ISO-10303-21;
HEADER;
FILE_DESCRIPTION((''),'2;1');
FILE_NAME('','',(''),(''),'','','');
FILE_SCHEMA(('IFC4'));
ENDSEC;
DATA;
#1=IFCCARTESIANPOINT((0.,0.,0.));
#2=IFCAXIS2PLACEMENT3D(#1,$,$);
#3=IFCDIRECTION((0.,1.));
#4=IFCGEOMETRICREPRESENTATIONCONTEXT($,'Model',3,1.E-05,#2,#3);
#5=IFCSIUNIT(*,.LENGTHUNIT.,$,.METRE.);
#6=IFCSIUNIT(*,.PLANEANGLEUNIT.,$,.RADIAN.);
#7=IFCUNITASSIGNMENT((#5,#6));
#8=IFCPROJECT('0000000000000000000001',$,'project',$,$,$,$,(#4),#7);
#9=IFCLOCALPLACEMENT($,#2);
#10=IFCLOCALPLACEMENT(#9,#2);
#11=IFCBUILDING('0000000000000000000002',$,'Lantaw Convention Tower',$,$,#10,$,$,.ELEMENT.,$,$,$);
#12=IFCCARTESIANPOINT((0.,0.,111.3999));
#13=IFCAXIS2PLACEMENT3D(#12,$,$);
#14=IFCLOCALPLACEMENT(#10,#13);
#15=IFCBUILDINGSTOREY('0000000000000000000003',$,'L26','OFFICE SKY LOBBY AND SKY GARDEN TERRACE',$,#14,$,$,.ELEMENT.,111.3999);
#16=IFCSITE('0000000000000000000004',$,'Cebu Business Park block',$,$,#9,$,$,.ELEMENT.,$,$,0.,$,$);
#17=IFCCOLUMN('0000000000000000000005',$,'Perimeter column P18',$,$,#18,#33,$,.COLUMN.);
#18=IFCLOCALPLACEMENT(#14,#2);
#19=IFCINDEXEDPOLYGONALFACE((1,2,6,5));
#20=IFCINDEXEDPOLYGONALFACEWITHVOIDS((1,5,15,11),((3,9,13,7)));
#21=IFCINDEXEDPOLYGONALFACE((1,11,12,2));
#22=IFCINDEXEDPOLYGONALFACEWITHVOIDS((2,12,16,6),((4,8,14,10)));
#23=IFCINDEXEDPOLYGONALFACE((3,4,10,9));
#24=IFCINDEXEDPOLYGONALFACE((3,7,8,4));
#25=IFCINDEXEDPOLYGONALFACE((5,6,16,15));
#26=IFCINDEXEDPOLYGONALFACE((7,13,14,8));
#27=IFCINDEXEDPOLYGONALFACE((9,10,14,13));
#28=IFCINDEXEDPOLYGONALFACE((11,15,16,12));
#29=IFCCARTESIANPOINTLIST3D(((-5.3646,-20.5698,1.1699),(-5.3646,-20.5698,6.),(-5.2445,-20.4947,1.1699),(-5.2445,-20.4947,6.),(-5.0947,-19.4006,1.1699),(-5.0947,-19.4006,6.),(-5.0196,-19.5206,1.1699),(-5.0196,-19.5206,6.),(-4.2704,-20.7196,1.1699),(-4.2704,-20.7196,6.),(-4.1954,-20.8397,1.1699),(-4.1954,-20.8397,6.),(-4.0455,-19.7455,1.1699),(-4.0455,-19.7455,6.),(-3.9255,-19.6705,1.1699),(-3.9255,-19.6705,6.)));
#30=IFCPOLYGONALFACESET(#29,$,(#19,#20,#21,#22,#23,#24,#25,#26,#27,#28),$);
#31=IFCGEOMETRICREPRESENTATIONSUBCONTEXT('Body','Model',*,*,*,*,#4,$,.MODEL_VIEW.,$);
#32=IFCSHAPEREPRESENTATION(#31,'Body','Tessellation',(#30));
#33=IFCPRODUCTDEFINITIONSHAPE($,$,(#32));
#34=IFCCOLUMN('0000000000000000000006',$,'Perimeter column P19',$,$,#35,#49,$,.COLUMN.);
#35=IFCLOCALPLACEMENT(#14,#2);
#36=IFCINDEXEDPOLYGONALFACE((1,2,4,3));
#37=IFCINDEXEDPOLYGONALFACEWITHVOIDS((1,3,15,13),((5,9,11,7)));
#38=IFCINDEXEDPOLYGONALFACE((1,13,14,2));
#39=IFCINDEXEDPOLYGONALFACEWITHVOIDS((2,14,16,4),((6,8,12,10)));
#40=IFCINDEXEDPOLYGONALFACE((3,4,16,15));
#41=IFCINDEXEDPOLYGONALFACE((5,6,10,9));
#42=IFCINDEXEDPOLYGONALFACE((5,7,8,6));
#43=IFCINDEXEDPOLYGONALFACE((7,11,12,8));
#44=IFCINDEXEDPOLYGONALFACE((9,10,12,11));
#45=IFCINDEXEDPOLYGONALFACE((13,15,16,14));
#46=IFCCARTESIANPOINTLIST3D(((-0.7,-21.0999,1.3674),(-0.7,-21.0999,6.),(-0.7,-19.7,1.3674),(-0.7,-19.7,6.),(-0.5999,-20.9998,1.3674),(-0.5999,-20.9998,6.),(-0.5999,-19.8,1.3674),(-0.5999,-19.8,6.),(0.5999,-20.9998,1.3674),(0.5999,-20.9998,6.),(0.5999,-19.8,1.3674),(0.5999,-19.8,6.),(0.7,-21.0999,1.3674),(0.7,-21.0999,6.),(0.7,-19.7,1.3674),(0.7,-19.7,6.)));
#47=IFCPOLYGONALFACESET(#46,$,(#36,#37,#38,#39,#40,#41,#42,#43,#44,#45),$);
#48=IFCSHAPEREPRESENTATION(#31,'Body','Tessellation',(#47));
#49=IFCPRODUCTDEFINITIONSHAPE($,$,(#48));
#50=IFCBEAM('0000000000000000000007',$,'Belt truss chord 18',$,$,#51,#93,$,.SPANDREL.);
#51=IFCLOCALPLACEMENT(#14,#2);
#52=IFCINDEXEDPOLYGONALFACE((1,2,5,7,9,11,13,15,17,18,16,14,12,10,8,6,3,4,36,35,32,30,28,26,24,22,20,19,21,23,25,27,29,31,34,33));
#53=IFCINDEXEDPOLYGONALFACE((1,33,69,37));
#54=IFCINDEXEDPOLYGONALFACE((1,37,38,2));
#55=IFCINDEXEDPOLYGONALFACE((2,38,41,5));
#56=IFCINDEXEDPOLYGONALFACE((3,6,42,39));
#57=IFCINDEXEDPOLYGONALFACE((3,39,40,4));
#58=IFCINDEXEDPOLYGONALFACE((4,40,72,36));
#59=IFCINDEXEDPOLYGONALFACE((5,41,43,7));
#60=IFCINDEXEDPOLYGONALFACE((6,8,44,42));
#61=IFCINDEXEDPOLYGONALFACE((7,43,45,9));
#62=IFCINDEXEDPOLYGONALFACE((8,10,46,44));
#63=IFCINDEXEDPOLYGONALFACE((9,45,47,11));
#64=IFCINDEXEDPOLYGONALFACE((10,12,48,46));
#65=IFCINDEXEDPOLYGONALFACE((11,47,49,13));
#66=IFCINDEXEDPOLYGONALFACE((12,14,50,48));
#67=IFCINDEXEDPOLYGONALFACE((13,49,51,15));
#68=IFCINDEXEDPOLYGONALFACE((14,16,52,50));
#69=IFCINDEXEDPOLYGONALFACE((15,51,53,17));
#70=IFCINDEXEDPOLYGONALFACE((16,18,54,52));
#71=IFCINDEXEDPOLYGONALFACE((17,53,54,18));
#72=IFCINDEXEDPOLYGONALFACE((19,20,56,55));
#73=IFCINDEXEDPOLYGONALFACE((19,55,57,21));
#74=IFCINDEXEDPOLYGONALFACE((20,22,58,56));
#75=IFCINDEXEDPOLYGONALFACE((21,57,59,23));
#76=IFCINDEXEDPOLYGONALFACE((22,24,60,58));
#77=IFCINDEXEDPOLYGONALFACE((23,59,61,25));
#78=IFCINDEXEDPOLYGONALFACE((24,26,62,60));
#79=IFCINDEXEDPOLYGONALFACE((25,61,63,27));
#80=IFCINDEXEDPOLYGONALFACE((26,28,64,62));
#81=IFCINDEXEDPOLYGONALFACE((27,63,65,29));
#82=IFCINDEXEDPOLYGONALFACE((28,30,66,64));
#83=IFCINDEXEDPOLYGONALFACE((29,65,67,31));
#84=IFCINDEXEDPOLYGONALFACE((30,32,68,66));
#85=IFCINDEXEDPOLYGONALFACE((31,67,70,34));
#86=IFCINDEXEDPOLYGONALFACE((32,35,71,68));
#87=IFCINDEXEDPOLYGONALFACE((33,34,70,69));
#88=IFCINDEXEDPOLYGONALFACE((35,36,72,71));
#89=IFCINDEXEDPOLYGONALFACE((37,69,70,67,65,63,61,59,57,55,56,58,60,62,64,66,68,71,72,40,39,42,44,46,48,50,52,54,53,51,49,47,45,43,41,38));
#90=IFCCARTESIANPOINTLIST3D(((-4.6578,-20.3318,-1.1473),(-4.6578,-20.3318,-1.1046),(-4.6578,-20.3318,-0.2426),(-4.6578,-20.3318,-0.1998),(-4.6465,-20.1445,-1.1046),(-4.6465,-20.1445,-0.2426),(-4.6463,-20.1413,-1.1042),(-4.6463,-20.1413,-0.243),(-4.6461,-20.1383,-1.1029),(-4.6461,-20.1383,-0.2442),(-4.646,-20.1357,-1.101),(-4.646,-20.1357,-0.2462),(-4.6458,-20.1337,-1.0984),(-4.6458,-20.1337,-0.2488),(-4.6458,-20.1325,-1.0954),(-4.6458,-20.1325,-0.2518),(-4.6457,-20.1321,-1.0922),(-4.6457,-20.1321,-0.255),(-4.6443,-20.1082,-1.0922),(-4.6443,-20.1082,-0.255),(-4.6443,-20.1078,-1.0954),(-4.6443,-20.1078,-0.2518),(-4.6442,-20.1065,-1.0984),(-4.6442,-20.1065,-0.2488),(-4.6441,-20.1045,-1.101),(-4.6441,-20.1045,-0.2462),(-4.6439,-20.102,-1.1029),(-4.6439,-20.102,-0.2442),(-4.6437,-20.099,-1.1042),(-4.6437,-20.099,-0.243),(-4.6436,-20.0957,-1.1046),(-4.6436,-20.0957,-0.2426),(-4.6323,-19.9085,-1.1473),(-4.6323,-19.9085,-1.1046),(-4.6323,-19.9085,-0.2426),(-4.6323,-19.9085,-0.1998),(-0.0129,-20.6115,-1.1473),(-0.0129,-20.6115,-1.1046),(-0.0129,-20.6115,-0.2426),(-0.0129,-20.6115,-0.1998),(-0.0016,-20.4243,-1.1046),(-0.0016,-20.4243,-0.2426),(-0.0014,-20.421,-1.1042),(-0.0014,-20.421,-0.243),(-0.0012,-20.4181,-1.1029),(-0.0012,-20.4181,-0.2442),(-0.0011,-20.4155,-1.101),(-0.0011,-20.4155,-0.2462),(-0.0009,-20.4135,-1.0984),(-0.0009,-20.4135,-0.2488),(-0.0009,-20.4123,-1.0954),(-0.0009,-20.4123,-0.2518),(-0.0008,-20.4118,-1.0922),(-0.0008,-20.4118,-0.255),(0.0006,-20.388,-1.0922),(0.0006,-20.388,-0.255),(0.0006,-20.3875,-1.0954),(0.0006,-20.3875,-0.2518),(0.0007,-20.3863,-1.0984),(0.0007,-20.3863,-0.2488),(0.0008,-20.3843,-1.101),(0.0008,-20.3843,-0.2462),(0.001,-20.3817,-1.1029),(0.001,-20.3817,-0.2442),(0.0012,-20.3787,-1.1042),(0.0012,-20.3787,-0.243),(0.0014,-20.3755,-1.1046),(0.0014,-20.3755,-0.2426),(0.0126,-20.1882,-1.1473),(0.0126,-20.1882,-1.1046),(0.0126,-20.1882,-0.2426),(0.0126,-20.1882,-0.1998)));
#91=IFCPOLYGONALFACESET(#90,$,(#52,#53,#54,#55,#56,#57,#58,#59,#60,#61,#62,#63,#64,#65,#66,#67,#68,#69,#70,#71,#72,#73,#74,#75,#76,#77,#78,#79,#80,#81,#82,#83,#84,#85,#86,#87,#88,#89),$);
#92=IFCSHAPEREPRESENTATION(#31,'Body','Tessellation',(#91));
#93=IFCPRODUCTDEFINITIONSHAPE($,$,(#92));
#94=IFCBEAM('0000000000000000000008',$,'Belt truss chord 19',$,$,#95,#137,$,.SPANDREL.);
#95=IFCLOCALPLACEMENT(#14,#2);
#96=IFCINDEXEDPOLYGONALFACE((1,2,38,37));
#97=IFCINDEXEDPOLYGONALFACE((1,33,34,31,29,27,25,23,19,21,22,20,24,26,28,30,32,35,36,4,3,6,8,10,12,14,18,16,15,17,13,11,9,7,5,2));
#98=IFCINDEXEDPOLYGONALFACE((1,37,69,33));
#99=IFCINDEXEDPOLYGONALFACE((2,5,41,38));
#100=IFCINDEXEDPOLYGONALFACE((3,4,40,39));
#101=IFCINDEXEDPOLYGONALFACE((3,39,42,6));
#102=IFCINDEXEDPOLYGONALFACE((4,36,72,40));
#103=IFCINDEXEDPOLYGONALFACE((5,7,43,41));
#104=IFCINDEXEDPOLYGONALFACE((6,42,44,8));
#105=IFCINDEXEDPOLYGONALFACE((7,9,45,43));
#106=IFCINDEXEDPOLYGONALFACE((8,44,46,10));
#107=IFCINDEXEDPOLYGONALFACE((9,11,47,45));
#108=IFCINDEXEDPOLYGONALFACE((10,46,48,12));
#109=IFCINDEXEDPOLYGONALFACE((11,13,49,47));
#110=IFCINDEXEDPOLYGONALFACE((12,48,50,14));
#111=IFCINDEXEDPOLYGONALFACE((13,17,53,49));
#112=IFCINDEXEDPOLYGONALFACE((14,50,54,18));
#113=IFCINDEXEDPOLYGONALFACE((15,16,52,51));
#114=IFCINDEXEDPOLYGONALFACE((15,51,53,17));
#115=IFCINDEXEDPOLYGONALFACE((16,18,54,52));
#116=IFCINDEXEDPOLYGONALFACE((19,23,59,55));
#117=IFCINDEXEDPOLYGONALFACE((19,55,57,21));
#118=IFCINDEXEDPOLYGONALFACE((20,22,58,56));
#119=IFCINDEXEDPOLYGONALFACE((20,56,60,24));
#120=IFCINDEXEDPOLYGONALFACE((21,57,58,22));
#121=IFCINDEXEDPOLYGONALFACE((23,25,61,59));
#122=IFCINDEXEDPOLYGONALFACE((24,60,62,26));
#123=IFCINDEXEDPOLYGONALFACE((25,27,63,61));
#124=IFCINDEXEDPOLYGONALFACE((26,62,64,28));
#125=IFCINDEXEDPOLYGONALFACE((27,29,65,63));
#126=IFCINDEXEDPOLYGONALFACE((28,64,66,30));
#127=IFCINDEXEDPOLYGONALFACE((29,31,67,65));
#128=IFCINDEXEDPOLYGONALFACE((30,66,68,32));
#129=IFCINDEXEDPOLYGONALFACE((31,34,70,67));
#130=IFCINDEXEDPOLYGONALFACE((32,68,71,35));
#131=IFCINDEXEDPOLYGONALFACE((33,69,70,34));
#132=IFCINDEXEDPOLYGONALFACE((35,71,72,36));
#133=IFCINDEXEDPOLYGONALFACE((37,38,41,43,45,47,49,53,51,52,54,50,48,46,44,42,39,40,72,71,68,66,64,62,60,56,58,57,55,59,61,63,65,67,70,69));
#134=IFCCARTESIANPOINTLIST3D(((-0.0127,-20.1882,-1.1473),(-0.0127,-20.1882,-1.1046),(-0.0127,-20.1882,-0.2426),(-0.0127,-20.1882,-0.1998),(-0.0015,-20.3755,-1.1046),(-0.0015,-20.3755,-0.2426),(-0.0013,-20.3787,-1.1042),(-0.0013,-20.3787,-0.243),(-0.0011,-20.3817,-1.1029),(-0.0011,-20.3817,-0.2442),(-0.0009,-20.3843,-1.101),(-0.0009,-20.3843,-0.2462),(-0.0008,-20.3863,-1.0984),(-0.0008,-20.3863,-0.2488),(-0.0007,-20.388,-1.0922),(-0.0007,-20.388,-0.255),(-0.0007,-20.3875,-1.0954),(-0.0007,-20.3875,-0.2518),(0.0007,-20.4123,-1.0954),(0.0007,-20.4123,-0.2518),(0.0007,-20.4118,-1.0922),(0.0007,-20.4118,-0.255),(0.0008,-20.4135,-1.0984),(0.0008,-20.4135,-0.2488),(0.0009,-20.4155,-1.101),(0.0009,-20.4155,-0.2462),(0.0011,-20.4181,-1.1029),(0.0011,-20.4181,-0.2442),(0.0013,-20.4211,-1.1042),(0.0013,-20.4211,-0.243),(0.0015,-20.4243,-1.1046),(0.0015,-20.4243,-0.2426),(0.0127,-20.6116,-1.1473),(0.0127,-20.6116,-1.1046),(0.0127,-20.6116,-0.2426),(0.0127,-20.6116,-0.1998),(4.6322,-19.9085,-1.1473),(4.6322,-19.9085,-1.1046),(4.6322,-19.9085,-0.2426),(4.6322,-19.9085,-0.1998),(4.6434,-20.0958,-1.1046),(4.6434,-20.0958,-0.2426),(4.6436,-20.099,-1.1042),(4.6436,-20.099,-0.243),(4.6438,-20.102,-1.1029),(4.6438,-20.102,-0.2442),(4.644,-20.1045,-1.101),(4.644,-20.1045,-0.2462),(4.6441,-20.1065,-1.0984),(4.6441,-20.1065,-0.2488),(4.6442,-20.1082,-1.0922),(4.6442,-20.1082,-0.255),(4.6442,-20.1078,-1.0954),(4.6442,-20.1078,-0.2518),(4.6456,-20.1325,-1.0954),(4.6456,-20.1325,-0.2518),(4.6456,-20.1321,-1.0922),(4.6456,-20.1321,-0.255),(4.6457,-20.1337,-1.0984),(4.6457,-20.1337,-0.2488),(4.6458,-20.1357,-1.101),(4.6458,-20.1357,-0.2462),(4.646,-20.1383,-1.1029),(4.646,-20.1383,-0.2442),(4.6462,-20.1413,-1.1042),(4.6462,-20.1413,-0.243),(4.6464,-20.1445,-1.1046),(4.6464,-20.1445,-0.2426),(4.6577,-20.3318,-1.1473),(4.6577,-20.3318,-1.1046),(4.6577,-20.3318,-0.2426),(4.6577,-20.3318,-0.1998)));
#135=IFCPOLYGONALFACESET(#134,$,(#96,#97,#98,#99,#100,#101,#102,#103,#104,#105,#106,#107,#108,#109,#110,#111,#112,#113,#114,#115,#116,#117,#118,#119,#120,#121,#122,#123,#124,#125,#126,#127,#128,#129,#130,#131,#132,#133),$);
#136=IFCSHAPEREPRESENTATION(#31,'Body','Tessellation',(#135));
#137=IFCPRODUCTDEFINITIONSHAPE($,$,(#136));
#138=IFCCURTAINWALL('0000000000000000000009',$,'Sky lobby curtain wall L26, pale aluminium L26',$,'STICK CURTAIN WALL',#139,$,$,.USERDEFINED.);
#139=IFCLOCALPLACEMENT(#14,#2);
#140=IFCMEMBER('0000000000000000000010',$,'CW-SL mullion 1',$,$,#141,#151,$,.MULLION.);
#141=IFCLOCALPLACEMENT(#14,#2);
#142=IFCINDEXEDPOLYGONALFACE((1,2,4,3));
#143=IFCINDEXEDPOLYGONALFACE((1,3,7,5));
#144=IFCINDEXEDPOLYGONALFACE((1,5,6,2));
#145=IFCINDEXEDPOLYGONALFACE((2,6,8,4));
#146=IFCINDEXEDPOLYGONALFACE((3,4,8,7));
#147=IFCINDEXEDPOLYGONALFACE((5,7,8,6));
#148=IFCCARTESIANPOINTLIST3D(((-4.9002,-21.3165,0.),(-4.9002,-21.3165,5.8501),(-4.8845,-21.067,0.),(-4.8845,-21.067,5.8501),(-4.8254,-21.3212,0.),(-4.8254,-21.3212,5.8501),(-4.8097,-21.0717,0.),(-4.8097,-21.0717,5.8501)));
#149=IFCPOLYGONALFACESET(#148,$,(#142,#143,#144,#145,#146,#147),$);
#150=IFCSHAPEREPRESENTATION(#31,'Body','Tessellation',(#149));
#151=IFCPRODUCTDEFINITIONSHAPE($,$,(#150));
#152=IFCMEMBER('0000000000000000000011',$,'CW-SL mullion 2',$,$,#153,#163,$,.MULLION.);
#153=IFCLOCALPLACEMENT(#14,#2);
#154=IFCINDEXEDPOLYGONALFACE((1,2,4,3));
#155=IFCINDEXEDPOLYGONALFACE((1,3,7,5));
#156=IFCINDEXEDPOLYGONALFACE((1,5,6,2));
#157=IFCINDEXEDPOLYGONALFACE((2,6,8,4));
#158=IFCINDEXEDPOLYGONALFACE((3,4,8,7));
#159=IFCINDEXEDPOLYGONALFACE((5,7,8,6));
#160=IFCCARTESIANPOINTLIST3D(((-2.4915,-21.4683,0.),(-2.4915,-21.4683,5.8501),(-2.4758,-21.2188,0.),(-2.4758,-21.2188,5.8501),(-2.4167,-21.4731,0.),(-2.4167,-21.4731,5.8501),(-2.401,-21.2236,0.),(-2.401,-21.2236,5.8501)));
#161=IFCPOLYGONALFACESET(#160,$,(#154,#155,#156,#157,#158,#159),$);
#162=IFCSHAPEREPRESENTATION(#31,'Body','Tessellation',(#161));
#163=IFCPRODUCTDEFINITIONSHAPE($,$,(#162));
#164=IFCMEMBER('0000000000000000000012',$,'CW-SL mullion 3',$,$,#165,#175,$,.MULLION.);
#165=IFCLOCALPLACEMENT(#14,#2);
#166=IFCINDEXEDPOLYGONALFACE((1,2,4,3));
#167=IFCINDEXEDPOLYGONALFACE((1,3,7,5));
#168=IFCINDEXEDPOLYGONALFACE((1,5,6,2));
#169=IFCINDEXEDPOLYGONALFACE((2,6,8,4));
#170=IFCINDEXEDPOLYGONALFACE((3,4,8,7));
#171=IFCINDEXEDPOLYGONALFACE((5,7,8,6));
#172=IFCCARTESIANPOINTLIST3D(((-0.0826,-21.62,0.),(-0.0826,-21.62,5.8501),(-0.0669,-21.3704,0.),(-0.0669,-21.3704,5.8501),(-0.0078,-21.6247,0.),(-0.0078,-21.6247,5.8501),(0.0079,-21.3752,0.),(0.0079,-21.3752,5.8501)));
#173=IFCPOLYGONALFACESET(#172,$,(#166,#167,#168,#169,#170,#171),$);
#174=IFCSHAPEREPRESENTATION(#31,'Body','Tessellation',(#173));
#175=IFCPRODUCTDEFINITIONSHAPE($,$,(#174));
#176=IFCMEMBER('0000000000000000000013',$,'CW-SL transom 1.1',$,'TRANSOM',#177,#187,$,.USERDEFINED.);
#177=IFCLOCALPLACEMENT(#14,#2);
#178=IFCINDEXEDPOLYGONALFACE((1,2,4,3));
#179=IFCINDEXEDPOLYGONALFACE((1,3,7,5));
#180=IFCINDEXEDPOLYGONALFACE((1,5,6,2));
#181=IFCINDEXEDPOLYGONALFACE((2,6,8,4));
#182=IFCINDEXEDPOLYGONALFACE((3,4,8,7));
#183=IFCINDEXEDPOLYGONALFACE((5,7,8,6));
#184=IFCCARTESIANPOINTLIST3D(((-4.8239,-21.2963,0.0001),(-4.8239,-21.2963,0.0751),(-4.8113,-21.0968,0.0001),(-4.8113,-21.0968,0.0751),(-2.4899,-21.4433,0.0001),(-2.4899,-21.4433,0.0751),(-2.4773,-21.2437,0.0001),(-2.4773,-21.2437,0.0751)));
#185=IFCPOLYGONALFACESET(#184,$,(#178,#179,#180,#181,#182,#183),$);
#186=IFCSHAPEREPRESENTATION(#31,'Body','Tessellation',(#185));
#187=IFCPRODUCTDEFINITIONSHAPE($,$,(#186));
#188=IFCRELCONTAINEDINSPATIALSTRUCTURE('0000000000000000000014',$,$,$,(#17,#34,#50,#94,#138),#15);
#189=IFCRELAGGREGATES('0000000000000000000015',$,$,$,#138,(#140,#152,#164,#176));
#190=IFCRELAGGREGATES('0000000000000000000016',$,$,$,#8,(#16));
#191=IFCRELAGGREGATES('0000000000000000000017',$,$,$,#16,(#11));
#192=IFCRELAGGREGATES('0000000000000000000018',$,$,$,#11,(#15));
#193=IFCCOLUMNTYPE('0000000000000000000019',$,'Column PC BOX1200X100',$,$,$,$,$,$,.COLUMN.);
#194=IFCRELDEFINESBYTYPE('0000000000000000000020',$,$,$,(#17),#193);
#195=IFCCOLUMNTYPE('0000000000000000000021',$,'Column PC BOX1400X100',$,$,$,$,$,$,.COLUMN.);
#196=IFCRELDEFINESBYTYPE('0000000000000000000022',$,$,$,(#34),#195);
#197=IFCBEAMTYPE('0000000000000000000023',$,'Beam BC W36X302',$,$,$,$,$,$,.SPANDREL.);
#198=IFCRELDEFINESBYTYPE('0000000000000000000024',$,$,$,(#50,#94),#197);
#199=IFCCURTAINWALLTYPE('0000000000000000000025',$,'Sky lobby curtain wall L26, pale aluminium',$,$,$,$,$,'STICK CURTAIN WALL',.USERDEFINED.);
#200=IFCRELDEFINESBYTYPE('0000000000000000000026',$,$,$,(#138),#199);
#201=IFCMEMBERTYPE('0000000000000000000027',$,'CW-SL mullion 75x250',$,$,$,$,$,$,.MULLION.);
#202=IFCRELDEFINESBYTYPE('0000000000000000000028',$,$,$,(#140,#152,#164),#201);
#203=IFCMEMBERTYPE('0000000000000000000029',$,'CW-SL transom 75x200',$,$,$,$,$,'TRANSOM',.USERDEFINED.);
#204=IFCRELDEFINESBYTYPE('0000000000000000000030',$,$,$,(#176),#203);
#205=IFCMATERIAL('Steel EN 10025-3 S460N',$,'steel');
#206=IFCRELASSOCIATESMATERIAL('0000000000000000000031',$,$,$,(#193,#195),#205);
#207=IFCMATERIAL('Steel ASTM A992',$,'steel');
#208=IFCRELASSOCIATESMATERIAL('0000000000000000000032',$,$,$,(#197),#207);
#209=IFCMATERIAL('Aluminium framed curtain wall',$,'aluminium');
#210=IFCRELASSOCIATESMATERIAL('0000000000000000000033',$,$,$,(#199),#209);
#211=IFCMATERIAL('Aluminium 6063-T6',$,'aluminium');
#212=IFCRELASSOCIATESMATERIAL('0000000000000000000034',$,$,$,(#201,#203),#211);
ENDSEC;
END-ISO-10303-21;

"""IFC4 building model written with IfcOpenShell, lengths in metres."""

from ifc_helpers import new_model, si_unit, direction, frame, origin, origin_2d, place, context, subcontext, project, spatial, rectangle, hollow_rectangle, i_section, extrude, material, material_profile, profile_set, type_object, element, aggregate, save


model = new_model("IFC4")

# Units and contexts
model_context = context("Model", 3, precision=1e-05, world=origin(), true_north=direction((0.0, 1.0)))
body_context = subcontext(model_context, "Body", "Model", "MODEL_VIEW")
ifc_project = project(units=[si_unit("LENGTHUNIT", "METRE"), si_unit("PLANEANGLEUNIT", "RADIAN")], contexts=[model_context])

# Site, building, storey
site_placement = place(None, origin())
site = spatial("IfcSite", under=ifc_project, at=site_placement, Name="Cebu Business Park block", CompositionType="ELEMENT", RefElevation=0.0)
building_placement = place(site_placement, origin())
building = spatial("IfcBuilding", under=site, at=building_placement, Name="Lantaw Convention Tower", CompositionType="ELEMENT")
storey_placement = place(building_placement, frame((0.0, 0.0, 111.3999)))
storey = spatial("IfcBuildingStorey", under=building, at=storey_placement, Name="L26", Description="OFFICE SKY LOBBY AND SKY GARDEN TERRACE", CompositionType="ELEMENT", Elevation=111.3999)

# Columns
ifc_material_1 = material(Name="Steel EN 10025-3 S460N", Category="steel")
ifc_material_profile_1 = material_profile(ifc_material_1, hollow_rectangle(XDim=1.2, YDim=1.2, WallThickness=0.1001, at=origin_2d()), Name="BOX1200X100")
ifc_material_2 = material(Name="Concrete C60/75", Category="concrete")
ifc_material_profile_2 = material_profile(ifc_material_2, rectangle(XDim=1.0, YDim=1.0, at=origin_2d()), Name="Concrete fill of BOX1200X100")
ifc_profile_set_1 = profile_set([ifc_material_profile_1, ifc_material_profile_2], Name="Steel EN 10025-3 S460N")
column_type_1 = type_object("IfcColumnType", Name="Column PC BOX1200X100", PredefinedType="COLUMN", material=ifc_profile_set_1)
column_1_placement = place(storey_placement, frame((-4.645, -20.1201, 1.1699), z_axis=(0.0, 0.0, 1.0), x_axis=(0.224951, 0.97437, 0.0)))
element("IfcColumn", 1, at=column_1_placement, inside=storey, type_object=column_type_1, Name="Perimeter column P18", PredefinedType="COLUMN", context=body_context, shape_type="SweptSolid", body=[
    extrude(hollow_rectangle(XDim=1.2, YDim=1.2, WallThickness=0.1001, at=origin_2d()), origin(), (0.0, 0.0, 1.0), 4.8301),
])
ifc_material_profile_3 = material_profile(ifc_material_1, hollow_rectangle(XDim=1.3999, YDim=1.3999, WallThickness=0.1001, at=origin_2d()), Name="BOX1400X100")
ifc_material_profile_4 = material_profile(ifc_material_2, rectangle(XDim=1.2, YDim=1.2, at=origin_2d()), Name="Concrete fill of BOX1400X100")
ifc_profile_set_2 = profile_set([ifc_material_profile_3, ifc_material_profile_4], Name="Steel EN 10025-3 S460N")
column_type_2 = type_object("IfcColumnType", Name="Column PC BOX1400X100", PredefinedType="COLUMN", material=ifc_profile_set_2)
column_2_placement = place(storey_placement, frame((0.0, -20.3999, 1.3674), z_axis=(0.0, 0.0, 1.0), x_axis=(1.0, 0.0, 0.0)))
element("IfcColumn", 2, at=column_2_placement, inside=storey, type_object=column_type_2, Name="Perimeter column P19", PredefinedType="COLUMN", context=body_context, shape_type="SweptSolid", body=[
    extrude(hollow_rectangle(XDim=1.3999, YDim=1.3999, WallThickness=0.1001, at=origin_2d()), origin(), (0.0, 0.0, 1.0), 4.6326),
])

# Beams
ifc_material_3 = material(Name="Steel ASTM A992", Category="steel")
ifc_material_profile_5 = material_profile(ifc_material_3, i_section(OverallWidth=0.4241, OverallDepth=0.9475, WebThickness=0.0239, FlangeThickness=0.0427, FilletRadius=0.0125, at=origin_2d()), Name="W36X302")
ifc_profile_set_3 = profile_set([ifc_material_profile_5], Name="Steel ASTM A992")
beam_type = type_object("IfcBeamType", Name="Beam BC W36X302", PredefinedType="SPANDREL", material=ifc_profile_set_3)
for number, where, z_axis, x_axis, name in (
    (3, (-4.645, -20.1201, -0.6736), (0.998191, -0.060124, 0.0), (0.060124, 0.998191, 0.0), "Belt truss chord 18"),
    (4, (0.0, -20.3999, -0.6736), (0.998191, 0.060124, 0.0), (-0.060124, 0.998191, 0.0), "Belt truss chord 19"),
):
    element("IfcBeam", number, at=place(storey_placement, frame(where, z_axis=z_axis, x_axis=x_axis)), inside=storey, type_object=beam_type, Name=name, PredefinedType="SPANDREL", context=body_context, shape_type="SweptSolid", body=[
        extrude(i_section(OverallWidth=0.4241, OverallDepth=0.9475, WebThickness=0.0239, FlangeThickness=0.0427, FilletRadius=0.0125, at=origin_2d()), origin(), (0.0, 0.0, 1.0), 4.6533),
    ])

# Curtain wall, members
ifc_material_4 = material(Name="Aluminium framed curtain wall", Category="aluminium")
curtain_wall_type = type_object("IfcCurtainWallType", Name="Sky lobby curtain wall L26, pale aluminium", ElementType="STICK CURTAIN WALL", PredefinedType="USERDEFINED", material=ifc_material_4)
curtain_wall_placement = place(storey_placement, origin())
curtain_wall = element("IfcCurtainWall", 5, at=curtain_wall_placement, inside=storey, type_object=curtain_wall_type, Name="Sky lobby curtain wall L26, pale aluminium L26", ObjectType="STICK CURTAIN WALL", PredefinedType="USERDEFINED")
ifc_material_5 = material(Name="Aluminium 6063-T6", Category="aluminium")
ifc_material_profile_6 = material_profile(ifc_material_5, rectangle(XDim=0.25, YDim=0.075, at=origin_2d()), Name="CW-SL mullion 75x250")
ifc_profile_set_4 = profile_set([ifc_material_profile_6], Name="Aluminium 6063-T6")
member_type_1 = type_object("IfcMemberType", Name="CW-SL mullion 75x250", PredefinedType="MULLION", material=ifc_profile_set_4)
member_1_placement = place(storey_placement, frame((-4.855, -21.1941, 0.0), z_axis=(0.0, 0.0, 1.0), x_axis=(0.062865, 0.998022, 0.0)))
member_1 = element("IfcMember", 6, at=member_1_placement, type_object=member_type_1, Name="CW-SL mullion 1", PredefinedType="MULLION", context=body_context, shape_type="SweptSolid", body=[
    extrude(rectangle(XDim=0.25, YDim=0.075, at=origin_2d()), origin(), (0.0, 0.0, 1.0), 5.8501),
])
member_2_placement = place(storey_placement, frame((-2.4463, -21.3459, 0.0), z_axis=(0.0, 0.0, 1.0), x_axis=(0.062865, 0.998022, 0.0)))
member_2 = element("IfcMember", 7, at=member_2_placement, type_object=member_type_1, Name="CW-SL mullion 2", PredefinedType="MULLION", context=body_context, shape_type="SweptSolid", body=[
    extrude(rectangle(XDim=0.25, YDim=0.075, at=origin_2d()), origin(), (0.0, 0.0, 1.0), 5.8501),
])
member_3_placement = place(storey_placement, frame((-0.0374, -21.4976, 0.0), z_axis=(0.0, 0.0, 1.0), x_axis=(0.062865, 0.998022, 0.0)))
member_3 = element("IfcMember", 8, at=member_3_placement, type_object=member_type_1, Name="CW-SL mullion 3", PredefinedType="MULLION", context=body_context, shape_type="SweptSolid", body=[
    extrude(rectangle(XDim=0.25, YDim=0.075, at=origin_2d()), origin(), (0.0, 0.0, 1.0), 5.8501),
])
ifc_material_profile_7 = material_profile(ifc_material_5, rectangle(XDim=0.2, YDim=0.075, at=origin_2d()), Name="CW-SL transom 75x200")
ifc_profile_set_5 = profile_set([ifc_material_profile_7], Name="Aluminium 6063-T6")
member_type_2 = type_object("IfcMemberType", Name="CW-SL transom 75x200", ElementType="TRANSOM", PredefinedType="USERDEFINED", material=ifc_profile_set_5)
member_4_placement = place(storey_placement, frame((-4.8176, -21.1965, 0.0376), z_axis=(0.998023, -0.062846, 0.0), x_axis=(0.062846, 0.998023, 0.0)))
member_4 = element("IfcMember", 9, at=member_4_placement, type_object=member_type_2, Name="CW-SL transom 1.1", ObjectType="TRANSOM", PredefinedType="USERDEFINED", context=body_context, shape_type="SweptSolid", body=[
    extrude(rectangle(XDim=0.2, YDim=0.075, at=origin_2d()), origin(), (0.0, 0.0, 1.0), 2.3386),
])
aggregate(curtain_wall, [member_1, member_2, member_3, member_4])

save(model, "model.ifc")
